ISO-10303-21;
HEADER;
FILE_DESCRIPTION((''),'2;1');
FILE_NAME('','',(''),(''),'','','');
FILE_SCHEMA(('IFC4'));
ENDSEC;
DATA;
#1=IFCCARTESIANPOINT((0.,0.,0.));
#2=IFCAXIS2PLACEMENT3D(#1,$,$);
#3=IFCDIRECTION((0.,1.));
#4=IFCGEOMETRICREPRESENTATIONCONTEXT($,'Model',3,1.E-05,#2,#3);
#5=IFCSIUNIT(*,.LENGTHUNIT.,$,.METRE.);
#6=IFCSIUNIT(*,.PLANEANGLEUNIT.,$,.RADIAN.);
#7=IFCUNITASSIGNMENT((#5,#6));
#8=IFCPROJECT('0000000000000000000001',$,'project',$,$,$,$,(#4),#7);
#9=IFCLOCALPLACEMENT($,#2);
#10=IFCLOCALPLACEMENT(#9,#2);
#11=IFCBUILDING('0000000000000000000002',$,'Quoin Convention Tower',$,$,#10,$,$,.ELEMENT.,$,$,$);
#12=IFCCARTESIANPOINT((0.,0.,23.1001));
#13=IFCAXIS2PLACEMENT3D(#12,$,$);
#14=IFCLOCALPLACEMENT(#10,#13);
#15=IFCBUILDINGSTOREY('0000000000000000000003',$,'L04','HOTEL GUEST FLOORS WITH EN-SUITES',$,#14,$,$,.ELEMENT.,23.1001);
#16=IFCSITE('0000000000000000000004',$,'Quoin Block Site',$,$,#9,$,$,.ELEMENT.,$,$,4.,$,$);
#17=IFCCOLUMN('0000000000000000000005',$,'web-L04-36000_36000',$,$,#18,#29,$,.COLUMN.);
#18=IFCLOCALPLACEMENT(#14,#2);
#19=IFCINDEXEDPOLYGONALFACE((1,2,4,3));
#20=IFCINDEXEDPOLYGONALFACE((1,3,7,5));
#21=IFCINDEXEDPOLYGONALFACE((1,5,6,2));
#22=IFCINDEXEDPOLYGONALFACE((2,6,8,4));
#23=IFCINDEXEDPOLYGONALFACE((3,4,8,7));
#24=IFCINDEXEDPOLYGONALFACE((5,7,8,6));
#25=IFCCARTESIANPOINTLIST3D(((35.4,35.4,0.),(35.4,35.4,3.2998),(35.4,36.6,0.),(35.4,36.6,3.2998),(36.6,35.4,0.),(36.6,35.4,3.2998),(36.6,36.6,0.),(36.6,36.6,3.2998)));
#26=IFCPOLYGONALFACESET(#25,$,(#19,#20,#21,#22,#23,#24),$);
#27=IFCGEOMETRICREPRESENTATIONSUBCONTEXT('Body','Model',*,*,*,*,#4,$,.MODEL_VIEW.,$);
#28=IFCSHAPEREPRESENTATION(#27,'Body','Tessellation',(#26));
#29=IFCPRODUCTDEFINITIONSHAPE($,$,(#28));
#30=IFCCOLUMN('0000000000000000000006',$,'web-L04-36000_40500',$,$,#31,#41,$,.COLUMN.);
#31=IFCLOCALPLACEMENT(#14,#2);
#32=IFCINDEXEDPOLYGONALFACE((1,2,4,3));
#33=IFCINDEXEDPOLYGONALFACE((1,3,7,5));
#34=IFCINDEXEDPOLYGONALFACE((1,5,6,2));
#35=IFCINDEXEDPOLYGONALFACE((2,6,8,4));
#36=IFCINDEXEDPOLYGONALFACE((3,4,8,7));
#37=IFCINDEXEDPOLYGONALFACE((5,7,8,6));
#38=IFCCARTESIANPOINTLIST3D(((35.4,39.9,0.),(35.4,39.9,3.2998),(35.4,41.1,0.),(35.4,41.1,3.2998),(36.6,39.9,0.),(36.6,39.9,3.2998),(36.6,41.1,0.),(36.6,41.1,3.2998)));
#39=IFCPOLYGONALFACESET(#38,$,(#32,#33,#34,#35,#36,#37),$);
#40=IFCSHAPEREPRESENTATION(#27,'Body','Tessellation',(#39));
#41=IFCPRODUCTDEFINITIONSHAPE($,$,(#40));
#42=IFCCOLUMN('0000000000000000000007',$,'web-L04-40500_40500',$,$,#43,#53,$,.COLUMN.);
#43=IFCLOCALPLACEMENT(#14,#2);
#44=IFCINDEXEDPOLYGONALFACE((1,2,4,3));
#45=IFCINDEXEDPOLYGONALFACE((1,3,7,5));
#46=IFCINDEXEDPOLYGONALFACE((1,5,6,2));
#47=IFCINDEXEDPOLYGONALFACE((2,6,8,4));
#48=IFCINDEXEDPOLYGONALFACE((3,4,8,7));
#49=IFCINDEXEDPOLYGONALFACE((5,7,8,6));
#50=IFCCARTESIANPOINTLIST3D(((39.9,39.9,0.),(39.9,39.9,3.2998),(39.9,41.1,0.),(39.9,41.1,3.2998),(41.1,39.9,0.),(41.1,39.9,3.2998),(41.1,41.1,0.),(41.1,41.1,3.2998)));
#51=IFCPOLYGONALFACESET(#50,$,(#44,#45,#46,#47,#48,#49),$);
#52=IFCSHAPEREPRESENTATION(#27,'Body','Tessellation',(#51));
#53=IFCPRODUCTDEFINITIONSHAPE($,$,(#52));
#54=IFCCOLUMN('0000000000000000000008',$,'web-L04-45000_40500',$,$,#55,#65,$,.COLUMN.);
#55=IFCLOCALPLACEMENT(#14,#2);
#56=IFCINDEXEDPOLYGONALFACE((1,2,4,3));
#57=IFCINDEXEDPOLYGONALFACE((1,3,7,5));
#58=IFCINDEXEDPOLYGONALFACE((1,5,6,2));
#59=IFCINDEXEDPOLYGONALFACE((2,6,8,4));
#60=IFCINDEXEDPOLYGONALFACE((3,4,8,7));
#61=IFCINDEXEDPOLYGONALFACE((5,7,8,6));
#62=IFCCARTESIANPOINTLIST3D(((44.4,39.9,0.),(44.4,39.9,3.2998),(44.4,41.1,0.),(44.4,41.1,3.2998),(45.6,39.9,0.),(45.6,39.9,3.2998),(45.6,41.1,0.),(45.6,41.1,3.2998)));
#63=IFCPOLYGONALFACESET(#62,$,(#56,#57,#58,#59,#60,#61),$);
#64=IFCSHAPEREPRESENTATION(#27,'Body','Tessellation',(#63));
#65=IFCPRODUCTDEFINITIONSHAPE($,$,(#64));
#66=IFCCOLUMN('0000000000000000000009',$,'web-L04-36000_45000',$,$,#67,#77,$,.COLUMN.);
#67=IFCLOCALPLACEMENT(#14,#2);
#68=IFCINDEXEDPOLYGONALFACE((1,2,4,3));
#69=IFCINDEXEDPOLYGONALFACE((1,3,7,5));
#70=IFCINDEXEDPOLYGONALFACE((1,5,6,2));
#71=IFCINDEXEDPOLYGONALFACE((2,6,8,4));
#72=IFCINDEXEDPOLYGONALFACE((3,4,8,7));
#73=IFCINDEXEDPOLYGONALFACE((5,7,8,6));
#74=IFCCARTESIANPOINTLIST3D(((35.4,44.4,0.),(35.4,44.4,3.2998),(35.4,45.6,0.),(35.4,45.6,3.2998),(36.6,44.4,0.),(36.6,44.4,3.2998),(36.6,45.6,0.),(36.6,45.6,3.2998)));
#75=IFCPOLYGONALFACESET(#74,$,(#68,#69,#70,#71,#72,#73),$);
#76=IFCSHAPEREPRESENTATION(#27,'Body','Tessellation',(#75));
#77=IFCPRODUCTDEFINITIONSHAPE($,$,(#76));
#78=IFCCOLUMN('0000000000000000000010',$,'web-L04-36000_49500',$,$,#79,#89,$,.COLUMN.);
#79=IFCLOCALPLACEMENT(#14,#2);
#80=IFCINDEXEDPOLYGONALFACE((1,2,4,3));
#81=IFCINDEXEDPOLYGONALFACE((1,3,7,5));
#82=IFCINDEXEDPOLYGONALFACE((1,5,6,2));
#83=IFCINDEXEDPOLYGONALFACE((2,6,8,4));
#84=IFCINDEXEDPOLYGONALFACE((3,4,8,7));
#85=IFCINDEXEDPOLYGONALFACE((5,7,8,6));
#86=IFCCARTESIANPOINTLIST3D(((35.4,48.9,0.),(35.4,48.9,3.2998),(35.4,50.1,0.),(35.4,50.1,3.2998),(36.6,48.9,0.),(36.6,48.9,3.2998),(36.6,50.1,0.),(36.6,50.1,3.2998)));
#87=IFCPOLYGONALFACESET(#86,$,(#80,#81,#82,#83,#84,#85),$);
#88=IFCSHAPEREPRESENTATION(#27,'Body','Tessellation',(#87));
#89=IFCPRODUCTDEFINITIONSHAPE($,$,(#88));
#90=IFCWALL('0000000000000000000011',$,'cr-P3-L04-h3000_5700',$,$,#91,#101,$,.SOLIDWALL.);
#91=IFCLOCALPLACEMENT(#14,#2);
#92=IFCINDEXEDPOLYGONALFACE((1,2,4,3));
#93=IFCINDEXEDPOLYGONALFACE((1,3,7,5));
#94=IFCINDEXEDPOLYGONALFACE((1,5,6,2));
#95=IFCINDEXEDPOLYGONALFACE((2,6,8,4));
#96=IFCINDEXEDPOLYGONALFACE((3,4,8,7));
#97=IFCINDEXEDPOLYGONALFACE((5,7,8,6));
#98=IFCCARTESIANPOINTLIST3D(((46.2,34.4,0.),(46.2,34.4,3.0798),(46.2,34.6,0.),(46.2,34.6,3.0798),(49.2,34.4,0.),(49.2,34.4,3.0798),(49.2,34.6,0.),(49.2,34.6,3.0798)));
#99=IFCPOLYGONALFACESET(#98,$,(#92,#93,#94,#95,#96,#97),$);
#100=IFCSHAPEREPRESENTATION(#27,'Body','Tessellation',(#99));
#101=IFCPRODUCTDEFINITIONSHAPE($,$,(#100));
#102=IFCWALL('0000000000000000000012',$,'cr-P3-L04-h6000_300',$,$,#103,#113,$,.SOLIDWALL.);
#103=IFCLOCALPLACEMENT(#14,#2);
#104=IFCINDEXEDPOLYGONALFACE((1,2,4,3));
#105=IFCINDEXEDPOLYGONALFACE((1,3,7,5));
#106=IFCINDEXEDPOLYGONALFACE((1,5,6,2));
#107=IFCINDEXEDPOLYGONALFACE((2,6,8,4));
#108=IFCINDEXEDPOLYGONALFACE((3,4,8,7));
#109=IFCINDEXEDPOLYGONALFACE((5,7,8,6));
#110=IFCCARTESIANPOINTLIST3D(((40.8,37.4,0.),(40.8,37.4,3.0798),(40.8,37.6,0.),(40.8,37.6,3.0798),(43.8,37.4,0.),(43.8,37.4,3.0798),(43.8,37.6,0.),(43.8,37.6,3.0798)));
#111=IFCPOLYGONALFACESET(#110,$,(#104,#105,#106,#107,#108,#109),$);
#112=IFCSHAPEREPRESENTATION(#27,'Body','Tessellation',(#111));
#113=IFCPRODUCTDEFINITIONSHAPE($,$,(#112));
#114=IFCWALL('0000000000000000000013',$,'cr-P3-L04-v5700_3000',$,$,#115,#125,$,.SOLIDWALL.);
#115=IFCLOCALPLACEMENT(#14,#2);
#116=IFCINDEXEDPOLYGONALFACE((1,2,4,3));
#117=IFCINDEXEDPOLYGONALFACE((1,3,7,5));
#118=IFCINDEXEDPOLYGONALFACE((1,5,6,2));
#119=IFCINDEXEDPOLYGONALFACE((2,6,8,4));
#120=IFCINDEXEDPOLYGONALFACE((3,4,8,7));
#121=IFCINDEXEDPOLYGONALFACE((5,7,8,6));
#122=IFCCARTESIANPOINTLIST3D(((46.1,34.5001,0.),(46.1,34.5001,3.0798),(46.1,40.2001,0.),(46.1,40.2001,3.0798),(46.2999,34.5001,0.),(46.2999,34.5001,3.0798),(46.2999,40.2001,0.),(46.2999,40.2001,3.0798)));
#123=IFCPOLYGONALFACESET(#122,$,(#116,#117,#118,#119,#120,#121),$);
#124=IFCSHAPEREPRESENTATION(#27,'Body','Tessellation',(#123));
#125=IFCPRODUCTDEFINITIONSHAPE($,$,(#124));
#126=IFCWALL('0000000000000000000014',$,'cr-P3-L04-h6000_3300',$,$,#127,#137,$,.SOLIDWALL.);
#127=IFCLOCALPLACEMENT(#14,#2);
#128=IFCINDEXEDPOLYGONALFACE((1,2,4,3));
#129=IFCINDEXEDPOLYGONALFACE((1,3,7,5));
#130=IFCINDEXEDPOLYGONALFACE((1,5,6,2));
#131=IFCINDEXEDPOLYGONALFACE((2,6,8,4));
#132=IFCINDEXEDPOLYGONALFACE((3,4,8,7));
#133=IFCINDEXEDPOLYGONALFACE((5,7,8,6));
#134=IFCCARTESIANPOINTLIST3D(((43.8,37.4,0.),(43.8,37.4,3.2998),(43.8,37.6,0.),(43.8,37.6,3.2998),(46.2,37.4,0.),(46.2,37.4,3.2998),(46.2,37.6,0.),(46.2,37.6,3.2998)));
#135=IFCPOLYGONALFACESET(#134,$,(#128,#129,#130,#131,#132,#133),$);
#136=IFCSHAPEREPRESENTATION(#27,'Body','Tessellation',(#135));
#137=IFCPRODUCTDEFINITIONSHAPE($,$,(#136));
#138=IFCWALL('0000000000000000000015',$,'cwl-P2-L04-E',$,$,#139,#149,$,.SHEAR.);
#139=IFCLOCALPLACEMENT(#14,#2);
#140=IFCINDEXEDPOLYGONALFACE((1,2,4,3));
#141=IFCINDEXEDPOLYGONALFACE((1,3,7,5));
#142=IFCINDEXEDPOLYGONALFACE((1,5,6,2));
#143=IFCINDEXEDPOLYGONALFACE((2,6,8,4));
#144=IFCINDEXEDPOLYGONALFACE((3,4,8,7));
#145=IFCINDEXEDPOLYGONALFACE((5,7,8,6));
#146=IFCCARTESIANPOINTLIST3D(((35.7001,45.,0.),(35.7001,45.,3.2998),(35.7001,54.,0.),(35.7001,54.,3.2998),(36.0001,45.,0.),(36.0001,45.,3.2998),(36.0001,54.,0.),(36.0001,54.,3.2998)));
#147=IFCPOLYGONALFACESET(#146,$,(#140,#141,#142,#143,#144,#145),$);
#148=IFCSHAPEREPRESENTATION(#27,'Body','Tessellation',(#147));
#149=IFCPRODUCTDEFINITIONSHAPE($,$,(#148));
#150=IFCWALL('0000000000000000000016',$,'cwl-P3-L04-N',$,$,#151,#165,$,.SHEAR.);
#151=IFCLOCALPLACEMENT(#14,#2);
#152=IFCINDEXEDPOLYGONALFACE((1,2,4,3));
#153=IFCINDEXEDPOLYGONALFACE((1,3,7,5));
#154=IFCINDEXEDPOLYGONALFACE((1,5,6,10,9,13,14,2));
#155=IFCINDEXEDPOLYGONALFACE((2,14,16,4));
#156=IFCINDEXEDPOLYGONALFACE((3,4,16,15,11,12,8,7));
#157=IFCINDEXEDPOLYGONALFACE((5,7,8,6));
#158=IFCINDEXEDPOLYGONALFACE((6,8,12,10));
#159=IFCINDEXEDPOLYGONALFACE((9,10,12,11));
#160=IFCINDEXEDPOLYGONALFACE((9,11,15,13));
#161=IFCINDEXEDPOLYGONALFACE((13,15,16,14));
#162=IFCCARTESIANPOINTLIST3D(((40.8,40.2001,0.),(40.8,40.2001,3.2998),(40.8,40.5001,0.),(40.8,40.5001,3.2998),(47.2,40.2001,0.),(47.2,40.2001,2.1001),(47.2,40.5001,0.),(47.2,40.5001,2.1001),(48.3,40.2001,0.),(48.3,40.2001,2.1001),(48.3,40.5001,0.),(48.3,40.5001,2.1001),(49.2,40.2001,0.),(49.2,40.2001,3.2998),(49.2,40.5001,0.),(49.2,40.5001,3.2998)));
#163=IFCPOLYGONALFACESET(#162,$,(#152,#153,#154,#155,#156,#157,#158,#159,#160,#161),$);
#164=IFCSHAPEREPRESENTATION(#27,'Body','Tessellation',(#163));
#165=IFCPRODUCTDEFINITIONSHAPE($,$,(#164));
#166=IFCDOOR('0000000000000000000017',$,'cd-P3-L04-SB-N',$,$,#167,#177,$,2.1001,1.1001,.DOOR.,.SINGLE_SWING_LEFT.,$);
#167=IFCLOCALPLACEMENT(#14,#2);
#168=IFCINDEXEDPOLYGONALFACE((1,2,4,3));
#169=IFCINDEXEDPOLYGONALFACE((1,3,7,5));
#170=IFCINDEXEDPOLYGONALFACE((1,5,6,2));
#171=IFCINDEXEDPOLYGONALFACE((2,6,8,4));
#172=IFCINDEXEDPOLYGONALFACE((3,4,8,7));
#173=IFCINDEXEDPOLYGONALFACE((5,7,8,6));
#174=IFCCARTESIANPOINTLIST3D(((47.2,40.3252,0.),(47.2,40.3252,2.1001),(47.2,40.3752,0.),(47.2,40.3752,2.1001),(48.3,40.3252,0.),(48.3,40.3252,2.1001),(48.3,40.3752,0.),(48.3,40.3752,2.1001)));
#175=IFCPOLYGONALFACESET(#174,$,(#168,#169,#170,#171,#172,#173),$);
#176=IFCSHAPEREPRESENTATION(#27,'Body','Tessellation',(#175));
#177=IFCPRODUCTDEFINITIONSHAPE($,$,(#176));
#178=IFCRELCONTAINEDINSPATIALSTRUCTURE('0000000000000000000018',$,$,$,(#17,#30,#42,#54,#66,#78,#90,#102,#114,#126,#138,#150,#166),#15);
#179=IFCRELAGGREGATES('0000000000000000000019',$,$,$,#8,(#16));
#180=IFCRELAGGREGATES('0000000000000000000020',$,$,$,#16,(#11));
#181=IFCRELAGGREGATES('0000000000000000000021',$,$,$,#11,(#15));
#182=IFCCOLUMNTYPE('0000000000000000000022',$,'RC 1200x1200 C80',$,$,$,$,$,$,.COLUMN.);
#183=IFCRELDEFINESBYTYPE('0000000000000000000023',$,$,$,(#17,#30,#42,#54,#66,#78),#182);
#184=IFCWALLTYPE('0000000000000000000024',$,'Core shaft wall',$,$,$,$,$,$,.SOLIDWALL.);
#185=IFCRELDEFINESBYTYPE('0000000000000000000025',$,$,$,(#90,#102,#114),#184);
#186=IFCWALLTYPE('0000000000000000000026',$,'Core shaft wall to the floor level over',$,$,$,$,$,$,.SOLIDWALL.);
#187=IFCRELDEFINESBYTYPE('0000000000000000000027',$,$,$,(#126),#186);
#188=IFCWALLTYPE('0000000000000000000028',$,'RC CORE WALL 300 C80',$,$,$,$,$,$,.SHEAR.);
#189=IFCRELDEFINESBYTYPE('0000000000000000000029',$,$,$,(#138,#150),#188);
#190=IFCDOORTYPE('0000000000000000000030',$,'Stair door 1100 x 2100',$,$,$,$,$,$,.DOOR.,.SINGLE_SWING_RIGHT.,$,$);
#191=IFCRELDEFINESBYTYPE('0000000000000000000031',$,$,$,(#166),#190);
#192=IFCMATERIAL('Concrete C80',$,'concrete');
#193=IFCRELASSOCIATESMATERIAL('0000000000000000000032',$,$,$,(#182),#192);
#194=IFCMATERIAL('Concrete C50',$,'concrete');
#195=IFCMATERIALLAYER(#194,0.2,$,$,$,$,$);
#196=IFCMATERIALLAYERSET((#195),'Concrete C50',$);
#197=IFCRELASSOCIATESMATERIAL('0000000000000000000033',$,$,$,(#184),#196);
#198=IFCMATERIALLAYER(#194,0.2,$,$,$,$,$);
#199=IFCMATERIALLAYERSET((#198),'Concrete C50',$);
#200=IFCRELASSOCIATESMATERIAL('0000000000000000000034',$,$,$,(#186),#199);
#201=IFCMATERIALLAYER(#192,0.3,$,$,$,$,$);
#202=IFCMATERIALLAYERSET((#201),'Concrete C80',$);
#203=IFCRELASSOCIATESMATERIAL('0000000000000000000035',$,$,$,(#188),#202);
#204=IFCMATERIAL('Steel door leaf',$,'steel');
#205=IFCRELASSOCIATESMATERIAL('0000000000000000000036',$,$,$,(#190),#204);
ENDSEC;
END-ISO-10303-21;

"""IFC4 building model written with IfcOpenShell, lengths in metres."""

from ifc_helpers import new_model, si_unit, direction, frame, frame_2d, origin, origin_2d, place, context, subcontext, project, spatial, rectangle, extrude, material, layer, layer_set, material_profile, profile_set, type_object, element, fill, save


model = new_model("IFC4")

# Units and contexts
model_context = context("Model", 3, precision=1e-05, world=origin(), true_north=direction((0.0, 1.0)))
body_context = subcontext(model_context, "Body", "Model", "MODEL_VIEW")
ifc_project = project(units=[si_unit("LENGTHUNIT", "METRE"), si_unit("PLANEANGLEUNIT", "RADIAN")], contexts=[model_context])

# Site, building, storey
site_placement = place(None, origin())
site = spatial("IfcSite", under=ifc_project, at=site_placement, Name="Quoin Block Site", CompositionType="ELEMENT", RefElevation=4.0)
building_placement = place(site_placement, origin())
building = spatial("IfcBuilding", under=site, at=building_placement, Name="Quoin Convention Tower", CompositionType="ELEMENT")
storey_placement = place(building_placement, frame((0.0, 0.0, 23.1001)))
storey = spatial("IfcBuildingStorey", under=building, at=storey_placement, Name="L04", Description="HOTEL GUEST FLOORS WITH EN-SUITES", CompositionType="ELEMENT", Elevation=23.1001)

# Columns
ifc_material_1 = material(Name="Concrete C80", Category="concrete")
ifc_material_profile = material_profile(ifc_material_1, rectangle(XDim=1.2, YDim=1.2, at=origin_2d()), Name="RC 1200x1200")
ifc_profile_set = profile_set([ifc_material_profile], Name="Concrete C80")
column_type = type_object("IfcColumnType", Name="RC 1200x1200 C80", PredefinedType="COLUMN", material=ifc_profile_set)
for number, where, z_axis, x_axis, name in (
    (1, (36.0, 36.0, 0.0), (0.0, 0.0, 1.0), (1.0, 0.0, 0.0), "web-L04-36000_36000"),
    (2, (36.0, 40.5, 0.0), (0.0, 0.0, 1.0), (1.0, 0.0, 0.0), "web-L04-36000_40500"),
    (3, (40.5, 40.5, 0.0), (0.0, 0.0, 1.0), (1.0, 0.0, 0.0), "web-L04-40500_40500"),
    (4, (45.0, 40.5, 0.0), (0.0, 0.0, 1.0), (1.0, 0.0, 0.0), "web-L04-45000_40500"),
    (5, (36.0, 45.0, 0.0), (0.0, 0.0, 1.0), (1.0, 0.0, 0.0), "web-L04-36000_45000"),
    (6, (36.0, 49.5, 0.0), (0.0, 0.0, 1.0), (1.0, 0.0, 0.0), "web-L04-36000_49500"),
):
    element("IfcColumn", number, at=place(storey_placement, frame(where, z_axis=z_axis, x_axis=x_axis)), inside=storey, type_object=column_type, Name=name, PredefinedType="COLUMN", context=body_context, shape_type="SweptSolid", body=[
        extrude(rectangle(XDim=1.2, YDim=1.2, at=origin_2d()), origin(), (0.0, 0.0, 1.0), 3.2998),
    ])

# Walls
ifc_material_2 = material(Name="Concrete C50", Category="concrete")
ifc_layer_1 = layer(ifc_material_2, 0.2)
ifc_layer_set_1 = layer_set([ifc_layer_1], Name="Concrete C50")
wall_type_1 = type_object("IfcWallType", Name="Core shaft wall", PredefinedType="SOLIDWALL", material=ifc_layer_set_1)
for number, where, z_axis, x_axis, name in (
    (7, (46.2, 34.5, 0.0), (0.0, 0.0, 1.0), (1.0, 0.0, 0.0), "cr-P3-L04-h3000_5700"),
    (8, (40.8, 37.5, 0.0), (0.0, 0.0, 1.0), (1.0, 0.0, 0.0), "cr-P3-L04-h6000_300"),
):
    element("IfcWall", number, at=place(storey_placement, frame(where, z_axis=z_axis, x_axis=x_axis)), inside=storey, type_object=wall_type_1, Name=name, PredefinedType="SOLIDWALL", context=body_context, shape_type="SweptSolid", body=[
        extrude(rectangle(XDim=3.0, YDim=0.2, at=frame_2d((1.5, 0.0))), origin(), (0.0, 0.0, 1.0), 3.0798),
    ])
wall_1_placement = place(storey_placement, frame((46.2, 34.5, 0.0), z_axis=(0.0, 0.0, 1.0), x_axis=(0.0, 1.0, 0.0)))
element("IfcWall", 9, at=wall_1_placement, inside=storey, type_object=wall_type_1, Name="cr-P3-L04-v5700_3000", PredefinedType="SOLIDWALL", context=body_context, shape_type="SweptSolid", body=[
    extrude(rectangle(XDim=5.7, YDim=0.2, at=frame_2d((2.8501, 0.0))), origin(), (0.0, 0.0, 1.0), 3.0798),
])
ifc_layer_2 = layer(ifc_material_2, 0.2)
ifc_layer_set_2 = layer_set([ifc_layer_2], Name="Concrete C50")
wall_type_2 = type_object("IfcWallType", Name="Core shaft wall to the floor level over", PredefinedType="SOLIDWALL", material=ifc_layer_set_2)
wall_2_placement = place(storey_placement, frame((43.8, 37.5, 0.0), z_axis=(0.0, 0.0, 1.0), x_axis=(1.0, 0.0, 0.0)))
element("IfcWall", 10, at=wall_2_placement, inside=storey, type_object=wall_type_2, Name="cr-P3-L04-h6000_3300", PredefinedType="SOLIDWALL", context=body_context, shape_type="SweptSolid", body=[
    extrude(rectangle(XDim=2.3999, YDim=0.2, at=frame_2d((1.2, 0.0))), origin(), (0.0, 0.0, 1.0), 3.2998),
])
ifc_layer_3 = layer(ifc_material_1, 0.3)
ifc_layer_set_3 = layer_set([ifc_layer_3], Name="Concrete C80")
wall_type_3 = type_object("IfcWallType", Name="RC CORE WALL 300 C80", PredefinedType="SHEAR", material=ifc_layer_set_3)
wall_3_placement = place(storey_placement, frame((35.8501, 45.0, 0.0), z_axis=(0.0, 0.0, 1.0), x_axis=(0.0, 1.0, 0.0)))
element("IfcWall", 11, at=wall_3_placement, inside=storey, type_object=wall_type_3, Name="cwl-P2-L04-E", PredefinedType="SHEAR", context=body_context, shape_type="SweptSolid", body=[
    extrude(rectangle(XDim=9.0, YDim=0.3, at=frame_2d((4.5, 0.0))), origin(), (0.0, 0.0, 1.0), 3.2998),
])

# Wall, opening, door
wall_4_placement = place(storey_placement, frame((40.8, 40.3501, 0.0), z_axis=(0.0, 0.0, 1.0), x_axis=(1.0, 0.0, 0.0)))
wall_4 = element("IfcWall", 12, at=wall_4_placement, inside=storey, type_object=wall_type_3, Name="cwl-P3-L04-N", PredefinedType="SHEAR", context=body_context, shape_type="SweptSolid", body=[
    extrude(rectangle(XDim=8.3999, YDim=0.3, at=frame_2d((4.2, 0.0))), origin(), (0.0, 0.0, 1.0), 3.2998),
])
opening_1_placement = place(wall_4_placement, frame((6.3999, 0.0, 0.0)))
opening_1 = element("IfcOpeningElement", 13, at=opening_1_placement, cuts=wall_4, PredefinedType="OPENING", context=body_context, shape_type="SweptSolid", body=[
    extrude(rectangle(XDim=1.1001, YDim=2.1001, at=frame_2d((0.55, 1.05))), frame((0.0, 0.1599, 0.0), z_axis=(0.0, -1.0, 0.0), x_axis=(1.0, 0.0, 0.0)), (0.0, 0.0, 1.0), 0.3201),
])
ifc_material_3 = material(Name="Steel door leaf", Category="steel")
door_type_1 = type_object("IfcDoorType", Name="Stair door 1100 x 2100", OperationType="SINGLE_SWING_RIGHT", PredefinedType="DOOR", material=ifc_material_3)
door_1_placement = place(opening_1_placement, frame((1.1001, 0.0, 0.0), z_axis=(0.0, 0.0, 1.0), x_axis=(-1.0, 0.0, 0.0)))
door_1 = element("IfcDoor", 14, at=door_1_placement, inside=storey, type_object=door_type_1, Name="cd-P3-L04-SB-N", OperationType="SINGLE_SWING_LEFT", OverallHeight=2.1001, OverallWidth=1.1001, PredefinedType="DOOR", context=body_context, shape_type="SweptSolid", body=[
    extrude(rectangle(XDim=1.1001, YDim=2.1001, at=frame_2d((0.55, 1.05))), frame((0.0, 0.0249, 0.0), z_axis=(0.0, -1.0, 0.0), x_axis=(1.0, 0.0, 0.0)), (0.0, 0.0, 1.0), 0.05),
])
fill(opening_1, door_1)

save(model, "model.ifc")
